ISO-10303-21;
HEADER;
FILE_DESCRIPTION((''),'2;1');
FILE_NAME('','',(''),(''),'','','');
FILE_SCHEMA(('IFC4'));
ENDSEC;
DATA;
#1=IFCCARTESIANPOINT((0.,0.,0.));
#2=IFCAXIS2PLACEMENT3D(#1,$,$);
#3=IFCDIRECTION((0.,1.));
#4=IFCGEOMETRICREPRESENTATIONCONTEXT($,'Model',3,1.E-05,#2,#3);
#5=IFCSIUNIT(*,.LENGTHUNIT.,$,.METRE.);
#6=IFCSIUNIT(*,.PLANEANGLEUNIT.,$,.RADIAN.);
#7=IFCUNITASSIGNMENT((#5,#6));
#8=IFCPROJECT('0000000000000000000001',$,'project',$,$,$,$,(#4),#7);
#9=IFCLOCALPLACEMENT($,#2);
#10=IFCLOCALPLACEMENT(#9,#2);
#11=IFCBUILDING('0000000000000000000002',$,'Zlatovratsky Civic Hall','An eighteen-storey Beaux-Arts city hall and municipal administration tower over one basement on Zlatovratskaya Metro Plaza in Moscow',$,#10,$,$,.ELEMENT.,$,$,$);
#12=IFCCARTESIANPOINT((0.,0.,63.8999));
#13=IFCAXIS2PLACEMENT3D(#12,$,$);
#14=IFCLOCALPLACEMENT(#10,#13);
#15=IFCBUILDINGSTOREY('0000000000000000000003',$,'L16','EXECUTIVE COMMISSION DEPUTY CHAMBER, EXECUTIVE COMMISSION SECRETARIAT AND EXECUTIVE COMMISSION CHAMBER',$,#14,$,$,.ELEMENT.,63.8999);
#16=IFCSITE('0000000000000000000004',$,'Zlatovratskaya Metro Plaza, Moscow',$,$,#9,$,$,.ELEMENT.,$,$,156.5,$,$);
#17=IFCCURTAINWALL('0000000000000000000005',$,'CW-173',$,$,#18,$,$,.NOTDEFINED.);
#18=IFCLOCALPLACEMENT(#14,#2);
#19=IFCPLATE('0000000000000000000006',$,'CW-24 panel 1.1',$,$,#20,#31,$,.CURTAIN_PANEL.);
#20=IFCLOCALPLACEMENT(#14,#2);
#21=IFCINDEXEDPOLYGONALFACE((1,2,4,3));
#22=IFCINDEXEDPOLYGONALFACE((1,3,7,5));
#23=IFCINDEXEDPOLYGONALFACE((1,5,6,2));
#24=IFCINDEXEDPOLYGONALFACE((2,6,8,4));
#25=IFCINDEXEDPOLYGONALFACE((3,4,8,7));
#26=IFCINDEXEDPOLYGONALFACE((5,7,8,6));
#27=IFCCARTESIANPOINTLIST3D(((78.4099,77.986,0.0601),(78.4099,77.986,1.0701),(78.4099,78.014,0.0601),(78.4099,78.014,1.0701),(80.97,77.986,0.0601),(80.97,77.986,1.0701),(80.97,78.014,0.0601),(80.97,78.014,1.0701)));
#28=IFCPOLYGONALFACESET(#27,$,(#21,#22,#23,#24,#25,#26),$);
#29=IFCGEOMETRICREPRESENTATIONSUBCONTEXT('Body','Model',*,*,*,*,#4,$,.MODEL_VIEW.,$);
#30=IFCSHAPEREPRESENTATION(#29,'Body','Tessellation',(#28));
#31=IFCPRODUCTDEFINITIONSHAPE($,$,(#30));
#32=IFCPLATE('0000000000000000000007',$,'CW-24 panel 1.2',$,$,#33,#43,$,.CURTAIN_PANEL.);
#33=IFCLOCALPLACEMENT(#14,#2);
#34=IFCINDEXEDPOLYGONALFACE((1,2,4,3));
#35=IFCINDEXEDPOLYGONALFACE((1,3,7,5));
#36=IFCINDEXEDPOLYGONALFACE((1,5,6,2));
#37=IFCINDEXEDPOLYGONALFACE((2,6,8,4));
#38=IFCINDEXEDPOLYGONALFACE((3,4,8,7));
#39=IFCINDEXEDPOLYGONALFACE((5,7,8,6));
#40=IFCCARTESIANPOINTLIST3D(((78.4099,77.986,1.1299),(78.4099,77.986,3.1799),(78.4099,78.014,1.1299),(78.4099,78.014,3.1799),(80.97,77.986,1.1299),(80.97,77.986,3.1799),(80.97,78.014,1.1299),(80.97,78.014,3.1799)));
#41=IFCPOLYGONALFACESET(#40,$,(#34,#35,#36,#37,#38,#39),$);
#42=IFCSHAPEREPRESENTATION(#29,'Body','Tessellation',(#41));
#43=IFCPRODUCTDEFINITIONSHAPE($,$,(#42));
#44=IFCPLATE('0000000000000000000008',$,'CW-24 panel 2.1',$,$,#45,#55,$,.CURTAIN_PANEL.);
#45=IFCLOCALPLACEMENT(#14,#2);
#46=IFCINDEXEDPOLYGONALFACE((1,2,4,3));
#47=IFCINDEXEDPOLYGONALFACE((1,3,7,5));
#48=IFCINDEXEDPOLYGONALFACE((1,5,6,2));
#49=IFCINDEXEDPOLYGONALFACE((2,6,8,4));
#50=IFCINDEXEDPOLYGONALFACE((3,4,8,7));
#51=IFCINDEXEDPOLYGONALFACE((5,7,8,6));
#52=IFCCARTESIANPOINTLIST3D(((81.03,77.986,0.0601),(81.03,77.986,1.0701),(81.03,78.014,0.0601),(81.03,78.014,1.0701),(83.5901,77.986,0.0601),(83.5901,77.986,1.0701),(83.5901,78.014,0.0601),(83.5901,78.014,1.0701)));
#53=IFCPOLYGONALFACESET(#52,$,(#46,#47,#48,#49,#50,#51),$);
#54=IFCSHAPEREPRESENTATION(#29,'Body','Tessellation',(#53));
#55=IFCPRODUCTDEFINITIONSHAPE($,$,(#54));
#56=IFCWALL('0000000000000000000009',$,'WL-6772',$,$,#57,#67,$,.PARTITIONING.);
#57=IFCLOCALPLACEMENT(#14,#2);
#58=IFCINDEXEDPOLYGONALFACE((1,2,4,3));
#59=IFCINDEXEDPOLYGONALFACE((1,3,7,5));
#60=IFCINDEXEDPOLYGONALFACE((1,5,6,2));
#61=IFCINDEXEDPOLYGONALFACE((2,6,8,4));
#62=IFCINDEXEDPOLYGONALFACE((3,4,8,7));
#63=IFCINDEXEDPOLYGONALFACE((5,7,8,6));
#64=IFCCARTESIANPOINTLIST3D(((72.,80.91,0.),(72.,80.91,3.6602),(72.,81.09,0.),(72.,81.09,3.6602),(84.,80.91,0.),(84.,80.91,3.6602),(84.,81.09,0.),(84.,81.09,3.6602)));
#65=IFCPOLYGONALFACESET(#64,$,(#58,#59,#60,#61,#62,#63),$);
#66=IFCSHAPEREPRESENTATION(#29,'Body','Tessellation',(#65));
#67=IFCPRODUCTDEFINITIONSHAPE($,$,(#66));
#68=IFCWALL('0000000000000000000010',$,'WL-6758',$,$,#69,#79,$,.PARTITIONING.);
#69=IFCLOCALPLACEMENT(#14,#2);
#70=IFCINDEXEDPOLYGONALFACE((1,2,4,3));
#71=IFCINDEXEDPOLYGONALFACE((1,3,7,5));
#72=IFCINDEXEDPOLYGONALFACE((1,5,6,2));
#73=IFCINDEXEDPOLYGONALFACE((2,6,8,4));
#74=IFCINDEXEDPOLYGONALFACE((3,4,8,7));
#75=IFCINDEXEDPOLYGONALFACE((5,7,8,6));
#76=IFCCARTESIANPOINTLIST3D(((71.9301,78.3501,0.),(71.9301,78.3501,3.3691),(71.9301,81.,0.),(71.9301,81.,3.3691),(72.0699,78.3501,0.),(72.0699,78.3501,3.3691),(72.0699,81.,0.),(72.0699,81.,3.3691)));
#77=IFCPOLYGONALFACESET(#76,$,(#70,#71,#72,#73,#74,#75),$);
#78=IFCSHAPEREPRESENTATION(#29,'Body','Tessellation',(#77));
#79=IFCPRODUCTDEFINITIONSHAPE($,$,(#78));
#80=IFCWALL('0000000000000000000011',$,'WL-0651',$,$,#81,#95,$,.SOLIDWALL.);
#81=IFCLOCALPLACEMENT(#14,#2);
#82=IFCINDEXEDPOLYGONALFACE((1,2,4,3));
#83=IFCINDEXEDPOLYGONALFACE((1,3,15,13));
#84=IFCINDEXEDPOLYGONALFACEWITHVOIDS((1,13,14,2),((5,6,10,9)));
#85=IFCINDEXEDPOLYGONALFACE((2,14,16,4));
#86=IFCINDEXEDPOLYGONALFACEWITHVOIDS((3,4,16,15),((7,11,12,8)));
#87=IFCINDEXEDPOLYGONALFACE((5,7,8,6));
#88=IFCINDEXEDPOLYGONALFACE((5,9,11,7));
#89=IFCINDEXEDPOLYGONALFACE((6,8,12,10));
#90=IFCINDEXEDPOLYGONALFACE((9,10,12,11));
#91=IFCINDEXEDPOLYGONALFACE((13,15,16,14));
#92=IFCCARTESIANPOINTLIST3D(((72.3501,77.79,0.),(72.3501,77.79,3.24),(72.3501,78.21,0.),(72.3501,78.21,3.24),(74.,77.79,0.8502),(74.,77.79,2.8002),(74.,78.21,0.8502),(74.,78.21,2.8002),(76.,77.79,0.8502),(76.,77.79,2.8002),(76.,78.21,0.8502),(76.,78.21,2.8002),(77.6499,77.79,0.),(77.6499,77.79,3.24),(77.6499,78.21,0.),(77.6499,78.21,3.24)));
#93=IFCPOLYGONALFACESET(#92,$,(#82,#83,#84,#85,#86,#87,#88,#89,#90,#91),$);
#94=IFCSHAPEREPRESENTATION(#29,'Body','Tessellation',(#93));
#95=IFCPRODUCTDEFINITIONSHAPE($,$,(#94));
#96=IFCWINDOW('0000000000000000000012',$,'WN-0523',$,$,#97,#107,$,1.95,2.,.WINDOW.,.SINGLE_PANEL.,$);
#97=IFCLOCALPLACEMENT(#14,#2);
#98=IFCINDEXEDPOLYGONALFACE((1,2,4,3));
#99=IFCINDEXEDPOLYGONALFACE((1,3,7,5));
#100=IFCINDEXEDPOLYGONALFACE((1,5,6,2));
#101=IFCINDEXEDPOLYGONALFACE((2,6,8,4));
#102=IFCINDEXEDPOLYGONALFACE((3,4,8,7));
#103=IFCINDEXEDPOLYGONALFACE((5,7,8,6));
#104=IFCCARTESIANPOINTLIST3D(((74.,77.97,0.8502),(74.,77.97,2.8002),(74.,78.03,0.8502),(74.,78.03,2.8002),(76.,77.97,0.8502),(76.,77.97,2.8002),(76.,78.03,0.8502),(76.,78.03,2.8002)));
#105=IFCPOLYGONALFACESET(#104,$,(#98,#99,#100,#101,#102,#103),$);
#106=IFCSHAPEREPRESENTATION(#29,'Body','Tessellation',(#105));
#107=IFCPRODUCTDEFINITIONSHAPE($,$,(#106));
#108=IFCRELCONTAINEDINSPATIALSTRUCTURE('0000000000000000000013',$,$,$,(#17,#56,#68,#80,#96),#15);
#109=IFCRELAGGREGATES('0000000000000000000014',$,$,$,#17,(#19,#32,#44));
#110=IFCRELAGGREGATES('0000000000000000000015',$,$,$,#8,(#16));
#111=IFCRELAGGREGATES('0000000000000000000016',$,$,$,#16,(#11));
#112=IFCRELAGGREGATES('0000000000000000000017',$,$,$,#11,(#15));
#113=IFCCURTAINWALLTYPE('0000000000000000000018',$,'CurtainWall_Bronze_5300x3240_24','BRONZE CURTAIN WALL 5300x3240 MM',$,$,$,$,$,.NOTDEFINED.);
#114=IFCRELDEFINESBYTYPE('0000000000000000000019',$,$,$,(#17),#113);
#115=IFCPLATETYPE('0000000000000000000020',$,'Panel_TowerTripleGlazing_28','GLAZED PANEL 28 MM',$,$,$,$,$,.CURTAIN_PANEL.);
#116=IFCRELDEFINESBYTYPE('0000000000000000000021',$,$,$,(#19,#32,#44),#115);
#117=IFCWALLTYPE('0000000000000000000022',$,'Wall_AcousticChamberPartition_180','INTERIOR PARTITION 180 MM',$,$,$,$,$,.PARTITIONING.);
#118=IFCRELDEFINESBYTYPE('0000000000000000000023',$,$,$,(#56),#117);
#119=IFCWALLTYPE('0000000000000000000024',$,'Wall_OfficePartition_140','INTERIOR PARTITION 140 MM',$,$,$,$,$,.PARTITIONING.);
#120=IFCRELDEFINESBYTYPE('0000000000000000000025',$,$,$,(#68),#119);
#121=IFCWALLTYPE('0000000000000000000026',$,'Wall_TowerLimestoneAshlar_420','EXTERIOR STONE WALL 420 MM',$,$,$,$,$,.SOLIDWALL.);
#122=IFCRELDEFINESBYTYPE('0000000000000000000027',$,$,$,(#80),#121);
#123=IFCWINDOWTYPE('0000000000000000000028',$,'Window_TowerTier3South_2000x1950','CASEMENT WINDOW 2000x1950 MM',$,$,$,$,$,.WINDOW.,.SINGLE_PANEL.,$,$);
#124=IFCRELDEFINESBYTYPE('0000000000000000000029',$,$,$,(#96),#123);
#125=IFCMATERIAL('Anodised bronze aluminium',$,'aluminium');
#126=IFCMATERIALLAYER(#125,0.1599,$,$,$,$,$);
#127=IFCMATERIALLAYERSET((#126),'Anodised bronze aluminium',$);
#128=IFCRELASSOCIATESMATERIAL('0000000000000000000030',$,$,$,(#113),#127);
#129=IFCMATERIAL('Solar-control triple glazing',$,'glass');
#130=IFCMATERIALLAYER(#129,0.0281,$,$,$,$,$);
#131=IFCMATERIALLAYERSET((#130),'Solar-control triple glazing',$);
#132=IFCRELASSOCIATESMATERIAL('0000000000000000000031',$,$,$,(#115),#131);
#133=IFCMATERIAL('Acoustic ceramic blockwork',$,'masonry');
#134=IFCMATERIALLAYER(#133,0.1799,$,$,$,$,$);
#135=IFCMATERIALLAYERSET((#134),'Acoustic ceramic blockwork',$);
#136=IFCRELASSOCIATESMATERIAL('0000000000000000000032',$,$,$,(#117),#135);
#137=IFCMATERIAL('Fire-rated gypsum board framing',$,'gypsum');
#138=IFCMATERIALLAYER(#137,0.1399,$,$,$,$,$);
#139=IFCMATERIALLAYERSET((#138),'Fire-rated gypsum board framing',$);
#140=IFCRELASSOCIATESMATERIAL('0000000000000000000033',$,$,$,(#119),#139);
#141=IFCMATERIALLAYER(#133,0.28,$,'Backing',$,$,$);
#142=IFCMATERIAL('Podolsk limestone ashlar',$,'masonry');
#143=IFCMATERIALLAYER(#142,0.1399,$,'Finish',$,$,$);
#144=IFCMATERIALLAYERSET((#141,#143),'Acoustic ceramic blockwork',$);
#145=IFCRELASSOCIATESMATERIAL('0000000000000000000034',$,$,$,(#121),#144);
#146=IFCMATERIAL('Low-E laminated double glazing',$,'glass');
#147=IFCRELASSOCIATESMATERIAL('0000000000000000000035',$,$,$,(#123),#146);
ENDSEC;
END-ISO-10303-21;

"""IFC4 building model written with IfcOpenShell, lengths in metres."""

from ifc_helpers import new_model, si_unit, direction, frame, frame_2d, origin, origin_2d, place, context, subcontext, project, spatial, rectangle, extrude, material, layer, layer_set, type_object, element, fill, aggregate, save


model = new_model("IFC4")

# Units and contexts
model_context = context("Model", 3, precision=1e-05, world=origin(), true_north=direction((0.0, 1.0)))
body_context = subcontext(model_context, "Body", "Model", "MODEL_VIEW")
ifc_project = project(units=[si_unit("LENGTHUNIT", "METRE"), si_unit("PLANEANGLEUNIT", "RADIAN")], contexts=[model_context])

# Site, building, storey
site_placement = place(None, origin())
site = spatial("IfcSite", under=ifc_project, at=site_placement, Name="Zlatovratskaya Metro Plaza, Moscow", CompositionType="ELEMENT", RefElevation=156.5)
building_placement = place(site_placement, origin())
building = spatial("IfcBuilding", under=site, at=building_placement, Name="Zlatovratsky Civic Hall", Description="An eighteen-storey Beaux-Arts city hall and municipal administration tower over one basement on Zlatovratskaya Metro Plaza in Moscow", CompositionType="ELEMENT")
storey_placement = place(building_placement, frame((0.0, 0.0, 63.8999)))
storey = spatial("IfcBuildingStorey", under=building, at=storey_placement, Name="L16", Description="EXECUTIVE COMMISSION DEPUTY CHAMBER, EXECUTIVE COMMISSION SECRETARIAT AND EXECUTIVE COMMISSION CHAMBER", CompositionType="ELEMENT", Elevation=63.8999)

# Curtain wall, plates
ifc_material_1 = material(Name="Anodised bronze aluminium", Category="aluminium")
ifc_layer_1 = layer(ifc_material_1, 0.1599)
ifc_layer_set_1 = layer_set([ifc_layer_1], Name="Anodised bronze aluminium")
curtain_wall_type = type_object("IfcCurtainWallType", Name="CurtainWall_Bronze_5300x3240_24", Description="BRONZE CURTAIN WALL 5300x3240 MM", PredefinedType="NOTDEFINED", material=ifc_layer_set_1)
curtain_wall_placement = place(storey_placement, origin())
curtain_wall = element("IfcCurtainWall", 1, at=curtain_wall_placement, inside=storey, type_object=curtain_wall_type, Name="CW-173", PredefinedType="NOTDEFINED")
ifc_material_2 = material(Name="Solar-control triple glazing", Category="glass")
ifc_layer_2 = layer(ifc_material_2, 0.0281)
ifc_layer_set_2 = layer_set([ifc_layer_2], Name="Solar-control triple glazing")
plate_type = type_object("IfcPlateType", Name="Panel_TowerTripleGlazing_28", Description="GLAZED PANEL 28 MM", PredefinedType="CURTAIN_PANEL", material=ifc_layer_set_2)
plate_1_placement = place(storey_placement, frame((79.6899, 78.0, 0.0601), z_axis=(0.0, 0.0, 1.0), x_axis=(1.0, 0.0, 0.0)))
plate_1 = element("IfcPlate", 2, at=plate_1_placement, type_object=plate_type, Name="CW-24 panel 1.1", PredefinedType="CURTAIN_PANEL", context=body_context, shape_type="SweptSolid", body=[
    extrude(rectangle(XDim=2.5601, YDim=0.0281, at=origin_2d()), origin(), (0.0, 0.0, 1.0), 1.01),
])
plate_2_placement = place(storey_placement, frame((79.6899, 78.0, 1.1299), z_axis=(0.0, 0.0, 1.0), x_axis=(1.0, 0.0, 0.0)))
plate_2 = element("IfcPlate", 3, at=plate_2_placement, type_object=plate_type, Name="CW-24 panel 1.2", PredefinedType="CURTAIN_PANEL", context=body_context, shape_type="SweptSolid", body=[
    extrude(rectangle(XDim=2.5601, YDim=0.0281, at=origin_2d()), origin(), (0.0, 0.0, 1.0), 2.05),
])
plate_3_placement = place(storey_placement, frame((82.3101, 78.0, 0.0601), z_axis=(0.0, 0.0, 1.0), x_axis=(1.0, 0.0, 0.0)))
plate_3 = element("IfcPlate", 4, at=plate_3_placement, type_object=plate_type, Name="CW-24 panel 2.1", PredefinedType="CURTAIN_PANEL", context=body_context, shape_type="SweptSolid", body=[
    extrude(rectangle(XDim=2.5601, YDim=0.0281, at=origin_2d()), origin(), (0.0, 0.0, 1.0), 1.01),
])
aggregate(curtain_wall, [plate_1, plate_2, plate_3])

# Walls
ifc_material_3 = material(Name="Acoustic ceramic blockwork", Category="masonry")
ifc_layer_3 = layer(ifc_material_3, 0.1799)
ifc_layer_set_3 = layer_set([ifc_layer_3], Name="Acoustic ceramic blockwork")
wall_type_1 = type_object("IfcWallType", Name="Wall_AcousticChamberPartition_180", Description="INTERIOR PARTITION 180 MM", PredefinedType="PARTITIONING", material=ifc_layer_set_3)
wall_1_placement = place(storey_placement, frame((72.0, 81.0, 0.0), z_axis=(0.0, 0.0, 1.0), x_axis=(1.0, 0.0, 0.0)))
element("IfcWall", 5, at=wall_1_placement, inside=storey, type_object=wall_type_1, Name="WL-6772", PredefinedType="PARTITIONING", context=body_context, shape_type="SweptSolid", body=[
    extrude(rectangle(XDim=12.0, YDim=0.1799, at=frame_2d((6.0, 0.0))), origin(), (0.0, 0.0, 1.0), 3.6602),
])
ifc_material_4 = material(Name="Fire-rated gypsum board framing", Category="gypsum")
ifc_layer_4 = layer(ifc_material_4, 0.1399)
ifc_layer_set_4 = layer_set([ifc_layer_4], Name="Fire-rated gypsum board framing")
wall_type_2 = type_object("IfcWallType", Name="Wall_OfficePartition_140", Description="INTERIOR PARTITION 140 MM", PredefinedType="PARTITIONING", material=ifc_layer_set_4)
wall_2_placement = place(storey_placement, frame((72.0, 78.3501, 0.0), z_axis=(0.0, 0.0, 1.0), x_axis=(0.0, 1.0, 0.0)))
element("IfcWall", 6, at=wall_2_placement, inside=storey, type_object=wall_type_2, Name="WL-6758", PredefinedType="PARTITIONING", context=body_context, shape_type="SweptSolid", body=[
    extrude(rectangle(XDim=2.6499, YDim=0.1399, at=frame_2d((1.325, 0.0))), origin(), (0.0, 0.0, 1.0), 3.3691),
])

# Wall, opening, window
ifc_layer_5 = layer(ifc_material_3, 0.28, Name="Backing")
ifc_material_5 = material(Name="Podolsk limestone ashlar", Category="masonry")
ifc_layer_6 = layer(ifc_material_5, 0.1399, Name="Finish")
ifc_layer_set_5 = layer_set([ifc_layer_5, ifc_layer_6], Name="Acoustic ceramic blockwork")
wall_type_3 = type_object("IfcWallType", Name="Wall_TowerLimestoneAshlar_420", Description="EXTERIOR STONE WALL 420 MM", PredefinedType="SOLIDWALL", material=ifc_layer_set_5)
wall_3_placement = place(storey_placement, frame((72.3501, 78.0, 0.0), z_axis=(0.0, 0.0, 1.0), x_axis=(1.0, 0.0, 0.0)))
wall_3 = element("IfcWall", 7, at=wall_3_placement, inside=storey, type_object=wall_type_3, Name="WL-0651", PredefinedType="SOLIDWALL", context=body_context, shape_type="SweptSolid", body=[
    extrude(rectangle(XDim=5.2998, YDim=0.4199, at=frame_2d((2.6499, 0.0))), origin(), (0.0, 0.0, 1.0), 3.24),
])
opening_placement = place(wall_3_placement, frame((1.6499, 0.0, 0.8501)))
opening = element("IfcOpeningElement", 8, at=opening_placement, cuts=wall_3, PredefinedType="OPENING", context=body_context, shape_type="SweptSolid", body=[
    extrude(rectangle(XDim=2.0, YDim=1.95, at=frame_2d((1.0, 0.9751))), frame((0.0, 0.2249, 0.0), z_axis=(0.0, -1.0, 0.0), x_axis=(1.0, 0.0, 0.0)), (0.0, 0.0, 1.0), 0.4497),
])
ifc_material_6 = material(Name="Low-E laminated double glazing", Category="glass")
window_type = type_object("IfcWindowType", Name="Window_TowerTier3South_2000x1950", Description="CASEMENT WINDOW 2000x1950 MM", PartitioningType="SINGLE_PANEL", PredefinedType="WINDOW", material=ifc_material_6)
window_placement = place(opening_placement, origin())
window = element("IfcWindow", 9, at=window_placement, inside=storey, type_object=window_type, Name="WN-0523", OverallHeight=1.95, OverallWidth=2.0, PartitioningType="SINGLE_PANEL", PredefinedType="WINDOW", context=body_context, shape_type="SweptSolid", body=[
    extrude(rectangle(XDim=2.0, YDim=1.95, at=frame_2d((1.0, 0.9751))), frame((0.0, 0.03, 0.0), z_axis=(0.0, -1.0, 0.0), x_axis=(1.0, 0.0, 0.0)), (0.0, 0.0, 1.0), 0.0601),
])
fill(opening, window)

save(model, "model.ifc")
